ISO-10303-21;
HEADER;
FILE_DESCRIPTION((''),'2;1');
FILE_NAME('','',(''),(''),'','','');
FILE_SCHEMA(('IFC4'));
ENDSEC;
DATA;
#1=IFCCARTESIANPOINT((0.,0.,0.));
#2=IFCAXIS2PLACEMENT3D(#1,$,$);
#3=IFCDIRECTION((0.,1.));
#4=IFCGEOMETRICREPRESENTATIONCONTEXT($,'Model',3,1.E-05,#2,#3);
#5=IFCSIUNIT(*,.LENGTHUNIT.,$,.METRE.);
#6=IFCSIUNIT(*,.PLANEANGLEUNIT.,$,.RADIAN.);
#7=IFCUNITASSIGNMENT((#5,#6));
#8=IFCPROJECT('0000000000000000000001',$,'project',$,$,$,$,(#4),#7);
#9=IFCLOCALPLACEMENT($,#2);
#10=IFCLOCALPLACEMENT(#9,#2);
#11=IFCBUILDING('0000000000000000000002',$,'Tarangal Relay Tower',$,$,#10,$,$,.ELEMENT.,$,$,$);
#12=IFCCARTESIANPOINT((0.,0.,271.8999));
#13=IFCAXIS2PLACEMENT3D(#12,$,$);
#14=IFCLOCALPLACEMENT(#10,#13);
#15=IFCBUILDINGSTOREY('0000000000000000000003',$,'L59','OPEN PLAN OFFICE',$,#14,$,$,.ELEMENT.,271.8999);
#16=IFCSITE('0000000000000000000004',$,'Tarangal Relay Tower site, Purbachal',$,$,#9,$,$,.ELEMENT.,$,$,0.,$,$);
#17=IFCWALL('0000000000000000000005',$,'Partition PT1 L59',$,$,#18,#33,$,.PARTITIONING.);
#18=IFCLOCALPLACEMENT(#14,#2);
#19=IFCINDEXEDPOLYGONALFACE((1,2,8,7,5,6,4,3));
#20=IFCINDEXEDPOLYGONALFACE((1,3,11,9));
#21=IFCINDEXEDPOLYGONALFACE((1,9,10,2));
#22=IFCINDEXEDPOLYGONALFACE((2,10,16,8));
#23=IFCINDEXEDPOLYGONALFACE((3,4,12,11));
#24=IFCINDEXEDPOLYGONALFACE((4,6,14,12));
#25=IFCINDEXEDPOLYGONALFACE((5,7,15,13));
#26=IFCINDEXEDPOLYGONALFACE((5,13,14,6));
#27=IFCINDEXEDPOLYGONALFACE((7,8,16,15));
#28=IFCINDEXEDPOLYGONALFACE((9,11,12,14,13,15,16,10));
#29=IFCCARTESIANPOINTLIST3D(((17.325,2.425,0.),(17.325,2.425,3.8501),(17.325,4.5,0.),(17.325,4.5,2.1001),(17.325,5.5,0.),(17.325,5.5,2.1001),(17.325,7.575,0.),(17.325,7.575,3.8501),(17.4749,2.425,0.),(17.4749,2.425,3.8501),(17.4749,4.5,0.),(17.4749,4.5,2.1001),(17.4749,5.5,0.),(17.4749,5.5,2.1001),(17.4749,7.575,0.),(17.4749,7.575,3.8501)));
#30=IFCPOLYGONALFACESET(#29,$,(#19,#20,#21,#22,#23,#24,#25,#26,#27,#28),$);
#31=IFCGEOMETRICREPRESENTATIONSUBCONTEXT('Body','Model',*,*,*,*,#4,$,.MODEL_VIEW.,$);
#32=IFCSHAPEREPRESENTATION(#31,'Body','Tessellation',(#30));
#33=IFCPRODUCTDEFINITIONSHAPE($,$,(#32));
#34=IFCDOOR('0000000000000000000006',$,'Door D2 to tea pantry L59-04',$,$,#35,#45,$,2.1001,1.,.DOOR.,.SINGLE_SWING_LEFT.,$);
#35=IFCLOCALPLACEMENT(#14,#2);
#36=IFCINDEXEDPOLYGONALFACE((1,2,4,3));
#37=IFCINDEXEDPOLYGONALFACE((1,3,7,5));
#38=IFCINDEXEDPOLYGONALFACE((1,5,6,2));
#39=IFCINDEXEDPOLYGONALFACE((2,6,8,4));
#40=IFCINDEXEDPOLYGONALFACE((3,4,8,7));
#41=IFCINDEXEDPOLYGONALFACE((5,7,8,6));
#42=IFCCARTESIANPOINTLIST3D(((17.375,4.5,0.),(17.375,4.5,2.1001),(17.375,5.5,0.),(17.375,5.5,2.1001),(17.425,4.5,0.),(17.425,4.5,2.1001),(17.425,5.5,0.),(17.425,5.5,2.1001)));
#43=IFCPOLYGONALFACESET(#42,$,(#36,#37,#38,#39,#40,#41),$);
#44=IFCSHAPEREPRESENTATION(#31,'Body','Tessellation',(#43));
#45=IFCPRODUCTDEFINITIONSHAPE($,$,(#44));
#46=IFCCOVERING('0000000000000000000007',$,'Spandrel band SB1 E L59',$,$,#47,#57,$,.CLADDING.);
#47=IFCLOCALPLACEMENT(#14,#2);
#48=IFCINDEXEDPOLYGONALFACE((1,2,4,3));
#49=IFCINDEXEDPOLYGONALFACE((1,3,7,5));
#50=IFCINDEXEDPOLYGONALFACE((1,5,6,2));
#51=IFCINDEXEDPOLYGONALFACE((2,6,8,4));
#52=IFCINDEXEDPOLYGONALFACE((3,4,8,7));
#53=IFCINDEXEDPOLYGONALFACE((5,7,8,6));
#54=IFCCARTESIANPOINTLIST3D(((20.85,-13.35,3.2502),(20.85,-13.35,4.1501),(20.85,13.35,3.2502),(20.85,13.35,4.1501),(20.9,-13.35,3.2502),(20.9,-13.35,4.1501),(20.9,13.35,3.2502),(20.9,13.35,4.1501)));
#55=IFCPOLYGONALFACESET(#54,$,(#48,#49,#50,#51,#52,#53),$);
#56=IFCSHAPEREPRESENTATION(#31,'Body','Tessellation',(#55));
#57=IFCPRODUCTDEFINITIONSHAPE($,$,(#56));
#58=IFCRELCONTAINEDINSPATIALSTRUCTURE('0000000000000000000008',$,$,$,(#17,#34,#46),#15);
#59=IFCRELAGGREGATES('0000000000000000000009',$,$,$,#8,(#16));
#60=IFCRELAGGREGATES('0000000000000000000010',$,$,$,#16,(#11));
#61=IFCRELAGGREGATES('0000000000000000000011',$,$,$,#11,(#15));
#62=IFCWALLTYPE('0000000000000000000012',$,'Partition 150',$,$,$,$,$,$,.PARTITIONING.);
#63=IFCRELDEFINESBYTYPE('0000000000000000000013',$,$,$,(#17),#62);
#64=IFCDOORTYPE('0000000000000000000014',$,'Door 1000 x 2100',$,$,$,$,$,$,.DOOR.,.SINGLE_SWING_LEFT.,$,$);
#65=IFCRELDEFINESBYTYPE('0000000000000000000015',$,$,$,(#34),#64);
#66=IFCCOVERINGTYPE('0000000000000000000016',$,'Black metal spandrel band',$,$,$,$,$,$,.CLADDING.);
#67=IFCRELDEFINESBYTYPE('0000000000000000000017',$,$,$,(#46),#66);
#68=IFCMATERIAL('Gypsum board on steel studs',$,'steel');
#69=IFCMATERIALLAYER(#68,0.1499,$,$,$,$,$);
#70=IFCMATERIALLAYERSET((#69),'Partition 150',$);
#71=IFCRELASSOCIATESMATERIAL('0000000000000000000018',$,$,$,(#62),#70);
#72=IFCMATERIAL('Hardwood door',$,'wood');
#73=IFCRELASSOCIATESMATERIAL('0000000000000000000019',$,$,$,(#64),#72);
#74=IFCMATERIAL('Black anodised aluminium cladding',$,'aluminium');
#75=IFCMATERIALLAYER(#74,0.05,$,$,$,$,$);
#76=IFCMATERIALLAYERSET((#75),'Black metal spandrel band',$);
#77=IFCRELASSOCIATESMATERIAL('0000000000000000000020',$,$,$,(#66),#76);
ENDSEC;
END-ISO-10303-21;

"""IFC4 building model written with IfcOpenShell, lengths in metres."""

from ifc_helpers import new_model, si_unit, direction, frame, frame_2d, origin, origin_2d, place, context, subcontext, project, spatial, rectangle, extrude, material, layer, layer_set, type_object, element, fill, save


model = new_model("IFC4")

# Units and contexts
model_context = context("Model", 3, precision=1e-05, world=origin(), true_north=direction((0.0, 1.0)))
body_context = subcontext(model_context, "Body", "Model", "MODEL_VIEW")
ifc_project = project(units=[si_unit("LENGTHUNIT", "METRE"), si_unit("PLANEANGLEUNIT", "RADIAN")], contexts=[model_context])

# Site, building, storey
site_placement = place(None, origin())
site = spatial("IfcSite", under=ifc_project, at=site_placement, Name="Tarangal Relay Tower site, Purbachal", CompositionType="ELEMENT", RefElevation=0.0)
building_placement = place(site_placement, origin())
building = spatial("IfcBuilding", under=site, at=building_placement, Name="Tarangal Relay Tower", CompositionType="ELEMENT")
storey_placement = place(building_placement, frame((0.0, 0.0, 271.8999)))
storey = spatial("IfcBuildingStorey", under=building, at=storey_placement, Name="L59", Description="OPEN PLAN OFFICE", CompositionType="ELEMENT", Elevation=271.8999)

# Shared definitions
ifc_material_1 = material(Name="Gypsum board on steel studs", Category="steel")
ifc_layer_1 = layer(ifc_material_1, 0.1499)
ifc_layer_set_1 = layer_set([ifc_layer_1], Name="Partition 150")
wall_type_1 = type_object("IfcWallType", Name="Partition 150", PredefinedType="PARTITIONING", material=ifc_layer_set_1)

# Wall, opening, door
wall_1_placement = place(storey_placement, frame((17.3999, 2.425, 0.0), z_axis=(0.0, 0.0, 1.0), x_axis=(0.0, 1.0, 0.0)))
wall_1 = element("IfcWall", 1, at=wall_1_placement, inside=storey, type_object=wall_type_1, Name="Partition PT1 L59", PredefinedType="PARTITIONING", context=body_context, shape_type="SweptSolid", body=[
    extrude(rectangle(XDim=5.1499, YDim=0.1499, at=frame_2d((2.575, 0.0))), origin(), (0.0, 0.0, 1.0), 3.8501),
])
opening_placement = place(wall_1_placement, frame((2.075, 0.0, 0.0)))
opening = element("IfcOpeningElement", 2, at=opening_placement, cuts=wall_1, PredefinedType="OPENING", context=body_context, shape_type="SweptSolid", body=[
    extrude(rectangle(XDim=1.0, YDim=2.1001, at=frame_2d((0.5, 1.05))), frame((0.0, 0.085, 0.0), z_axis=(0.0, -1.0, 0.0), x_axis=(1.0, 0.0, 0.0)), (0.0, 0.0, 1.0), 0.1699),
])
ifc_material_2 = material(Name="Hardwood door", Category="wood")
door_type = type_object("IfcDoorType", Name="Door 1000 x 2100", OperationType="SINGLE_SWING_LEFT", PredefinedType="DOOR", material=ifc_material_2)
door_placement = place(opening_placement, origin())
door = element("IfcDoor", 3, at=door_placement, inside=storey, type_object=door_type, Name="Door D2 to tea pantry L59-04", OperationType="SINGLE_SWING_LEFT", OverallHeight=2.1001, OverallWidth=1.0, PredefinedType="DOOR", context=body_context, shape_type="SweptSolid", body=[
    extrude(rectangle(XDim=1.0, YDim=2.1001, at=frame_2d((0.5, 1.05))), frame((0.0, 0.0249, 0.0), z_axis=(0.0, -1.0, 0.0), x_axis=(1.0, 0.0, 0.0)), (0.0, 0.0, 1.0), 0.05),
])
fill(opening, door)

# Covering
ifc_material_3 = material(Name="Black anodised aluminium cladding", Category="aluminium")
ifc_layer_2 = layer(ifc_material_3, 0.05)
ifc_layer_set_2 = layer_set([ifc_layer_2], Name="Black metal spandrel band")
covering_type = type_object("IfcCoveringType", Name="Black metal spandrel band", PredefinedType="CLADDING", material=ifc_layer_set_2)
covering_placement = place(storey_placement, frame((20.875, 0.0, 3.2502), z_axis=(0.0, 0.0, 1.0), x_axis=(0.0, -1.0, 0.0)))
element("IfcCovering", 4, at=covering_placement, inside=storey, type_object=covering_type, Name="Spandrel band SB1 E L59", PredefinedType="CLADDING", context=body_context, shape_type="SweptSolid", body=[
    extrude(rectangle(XDim=26.7, YDim=0.05, at=origin_2d()), origin(), (0.0, 0.0, 1.0), 0.8999),
])

save(model, "model.ifc")
